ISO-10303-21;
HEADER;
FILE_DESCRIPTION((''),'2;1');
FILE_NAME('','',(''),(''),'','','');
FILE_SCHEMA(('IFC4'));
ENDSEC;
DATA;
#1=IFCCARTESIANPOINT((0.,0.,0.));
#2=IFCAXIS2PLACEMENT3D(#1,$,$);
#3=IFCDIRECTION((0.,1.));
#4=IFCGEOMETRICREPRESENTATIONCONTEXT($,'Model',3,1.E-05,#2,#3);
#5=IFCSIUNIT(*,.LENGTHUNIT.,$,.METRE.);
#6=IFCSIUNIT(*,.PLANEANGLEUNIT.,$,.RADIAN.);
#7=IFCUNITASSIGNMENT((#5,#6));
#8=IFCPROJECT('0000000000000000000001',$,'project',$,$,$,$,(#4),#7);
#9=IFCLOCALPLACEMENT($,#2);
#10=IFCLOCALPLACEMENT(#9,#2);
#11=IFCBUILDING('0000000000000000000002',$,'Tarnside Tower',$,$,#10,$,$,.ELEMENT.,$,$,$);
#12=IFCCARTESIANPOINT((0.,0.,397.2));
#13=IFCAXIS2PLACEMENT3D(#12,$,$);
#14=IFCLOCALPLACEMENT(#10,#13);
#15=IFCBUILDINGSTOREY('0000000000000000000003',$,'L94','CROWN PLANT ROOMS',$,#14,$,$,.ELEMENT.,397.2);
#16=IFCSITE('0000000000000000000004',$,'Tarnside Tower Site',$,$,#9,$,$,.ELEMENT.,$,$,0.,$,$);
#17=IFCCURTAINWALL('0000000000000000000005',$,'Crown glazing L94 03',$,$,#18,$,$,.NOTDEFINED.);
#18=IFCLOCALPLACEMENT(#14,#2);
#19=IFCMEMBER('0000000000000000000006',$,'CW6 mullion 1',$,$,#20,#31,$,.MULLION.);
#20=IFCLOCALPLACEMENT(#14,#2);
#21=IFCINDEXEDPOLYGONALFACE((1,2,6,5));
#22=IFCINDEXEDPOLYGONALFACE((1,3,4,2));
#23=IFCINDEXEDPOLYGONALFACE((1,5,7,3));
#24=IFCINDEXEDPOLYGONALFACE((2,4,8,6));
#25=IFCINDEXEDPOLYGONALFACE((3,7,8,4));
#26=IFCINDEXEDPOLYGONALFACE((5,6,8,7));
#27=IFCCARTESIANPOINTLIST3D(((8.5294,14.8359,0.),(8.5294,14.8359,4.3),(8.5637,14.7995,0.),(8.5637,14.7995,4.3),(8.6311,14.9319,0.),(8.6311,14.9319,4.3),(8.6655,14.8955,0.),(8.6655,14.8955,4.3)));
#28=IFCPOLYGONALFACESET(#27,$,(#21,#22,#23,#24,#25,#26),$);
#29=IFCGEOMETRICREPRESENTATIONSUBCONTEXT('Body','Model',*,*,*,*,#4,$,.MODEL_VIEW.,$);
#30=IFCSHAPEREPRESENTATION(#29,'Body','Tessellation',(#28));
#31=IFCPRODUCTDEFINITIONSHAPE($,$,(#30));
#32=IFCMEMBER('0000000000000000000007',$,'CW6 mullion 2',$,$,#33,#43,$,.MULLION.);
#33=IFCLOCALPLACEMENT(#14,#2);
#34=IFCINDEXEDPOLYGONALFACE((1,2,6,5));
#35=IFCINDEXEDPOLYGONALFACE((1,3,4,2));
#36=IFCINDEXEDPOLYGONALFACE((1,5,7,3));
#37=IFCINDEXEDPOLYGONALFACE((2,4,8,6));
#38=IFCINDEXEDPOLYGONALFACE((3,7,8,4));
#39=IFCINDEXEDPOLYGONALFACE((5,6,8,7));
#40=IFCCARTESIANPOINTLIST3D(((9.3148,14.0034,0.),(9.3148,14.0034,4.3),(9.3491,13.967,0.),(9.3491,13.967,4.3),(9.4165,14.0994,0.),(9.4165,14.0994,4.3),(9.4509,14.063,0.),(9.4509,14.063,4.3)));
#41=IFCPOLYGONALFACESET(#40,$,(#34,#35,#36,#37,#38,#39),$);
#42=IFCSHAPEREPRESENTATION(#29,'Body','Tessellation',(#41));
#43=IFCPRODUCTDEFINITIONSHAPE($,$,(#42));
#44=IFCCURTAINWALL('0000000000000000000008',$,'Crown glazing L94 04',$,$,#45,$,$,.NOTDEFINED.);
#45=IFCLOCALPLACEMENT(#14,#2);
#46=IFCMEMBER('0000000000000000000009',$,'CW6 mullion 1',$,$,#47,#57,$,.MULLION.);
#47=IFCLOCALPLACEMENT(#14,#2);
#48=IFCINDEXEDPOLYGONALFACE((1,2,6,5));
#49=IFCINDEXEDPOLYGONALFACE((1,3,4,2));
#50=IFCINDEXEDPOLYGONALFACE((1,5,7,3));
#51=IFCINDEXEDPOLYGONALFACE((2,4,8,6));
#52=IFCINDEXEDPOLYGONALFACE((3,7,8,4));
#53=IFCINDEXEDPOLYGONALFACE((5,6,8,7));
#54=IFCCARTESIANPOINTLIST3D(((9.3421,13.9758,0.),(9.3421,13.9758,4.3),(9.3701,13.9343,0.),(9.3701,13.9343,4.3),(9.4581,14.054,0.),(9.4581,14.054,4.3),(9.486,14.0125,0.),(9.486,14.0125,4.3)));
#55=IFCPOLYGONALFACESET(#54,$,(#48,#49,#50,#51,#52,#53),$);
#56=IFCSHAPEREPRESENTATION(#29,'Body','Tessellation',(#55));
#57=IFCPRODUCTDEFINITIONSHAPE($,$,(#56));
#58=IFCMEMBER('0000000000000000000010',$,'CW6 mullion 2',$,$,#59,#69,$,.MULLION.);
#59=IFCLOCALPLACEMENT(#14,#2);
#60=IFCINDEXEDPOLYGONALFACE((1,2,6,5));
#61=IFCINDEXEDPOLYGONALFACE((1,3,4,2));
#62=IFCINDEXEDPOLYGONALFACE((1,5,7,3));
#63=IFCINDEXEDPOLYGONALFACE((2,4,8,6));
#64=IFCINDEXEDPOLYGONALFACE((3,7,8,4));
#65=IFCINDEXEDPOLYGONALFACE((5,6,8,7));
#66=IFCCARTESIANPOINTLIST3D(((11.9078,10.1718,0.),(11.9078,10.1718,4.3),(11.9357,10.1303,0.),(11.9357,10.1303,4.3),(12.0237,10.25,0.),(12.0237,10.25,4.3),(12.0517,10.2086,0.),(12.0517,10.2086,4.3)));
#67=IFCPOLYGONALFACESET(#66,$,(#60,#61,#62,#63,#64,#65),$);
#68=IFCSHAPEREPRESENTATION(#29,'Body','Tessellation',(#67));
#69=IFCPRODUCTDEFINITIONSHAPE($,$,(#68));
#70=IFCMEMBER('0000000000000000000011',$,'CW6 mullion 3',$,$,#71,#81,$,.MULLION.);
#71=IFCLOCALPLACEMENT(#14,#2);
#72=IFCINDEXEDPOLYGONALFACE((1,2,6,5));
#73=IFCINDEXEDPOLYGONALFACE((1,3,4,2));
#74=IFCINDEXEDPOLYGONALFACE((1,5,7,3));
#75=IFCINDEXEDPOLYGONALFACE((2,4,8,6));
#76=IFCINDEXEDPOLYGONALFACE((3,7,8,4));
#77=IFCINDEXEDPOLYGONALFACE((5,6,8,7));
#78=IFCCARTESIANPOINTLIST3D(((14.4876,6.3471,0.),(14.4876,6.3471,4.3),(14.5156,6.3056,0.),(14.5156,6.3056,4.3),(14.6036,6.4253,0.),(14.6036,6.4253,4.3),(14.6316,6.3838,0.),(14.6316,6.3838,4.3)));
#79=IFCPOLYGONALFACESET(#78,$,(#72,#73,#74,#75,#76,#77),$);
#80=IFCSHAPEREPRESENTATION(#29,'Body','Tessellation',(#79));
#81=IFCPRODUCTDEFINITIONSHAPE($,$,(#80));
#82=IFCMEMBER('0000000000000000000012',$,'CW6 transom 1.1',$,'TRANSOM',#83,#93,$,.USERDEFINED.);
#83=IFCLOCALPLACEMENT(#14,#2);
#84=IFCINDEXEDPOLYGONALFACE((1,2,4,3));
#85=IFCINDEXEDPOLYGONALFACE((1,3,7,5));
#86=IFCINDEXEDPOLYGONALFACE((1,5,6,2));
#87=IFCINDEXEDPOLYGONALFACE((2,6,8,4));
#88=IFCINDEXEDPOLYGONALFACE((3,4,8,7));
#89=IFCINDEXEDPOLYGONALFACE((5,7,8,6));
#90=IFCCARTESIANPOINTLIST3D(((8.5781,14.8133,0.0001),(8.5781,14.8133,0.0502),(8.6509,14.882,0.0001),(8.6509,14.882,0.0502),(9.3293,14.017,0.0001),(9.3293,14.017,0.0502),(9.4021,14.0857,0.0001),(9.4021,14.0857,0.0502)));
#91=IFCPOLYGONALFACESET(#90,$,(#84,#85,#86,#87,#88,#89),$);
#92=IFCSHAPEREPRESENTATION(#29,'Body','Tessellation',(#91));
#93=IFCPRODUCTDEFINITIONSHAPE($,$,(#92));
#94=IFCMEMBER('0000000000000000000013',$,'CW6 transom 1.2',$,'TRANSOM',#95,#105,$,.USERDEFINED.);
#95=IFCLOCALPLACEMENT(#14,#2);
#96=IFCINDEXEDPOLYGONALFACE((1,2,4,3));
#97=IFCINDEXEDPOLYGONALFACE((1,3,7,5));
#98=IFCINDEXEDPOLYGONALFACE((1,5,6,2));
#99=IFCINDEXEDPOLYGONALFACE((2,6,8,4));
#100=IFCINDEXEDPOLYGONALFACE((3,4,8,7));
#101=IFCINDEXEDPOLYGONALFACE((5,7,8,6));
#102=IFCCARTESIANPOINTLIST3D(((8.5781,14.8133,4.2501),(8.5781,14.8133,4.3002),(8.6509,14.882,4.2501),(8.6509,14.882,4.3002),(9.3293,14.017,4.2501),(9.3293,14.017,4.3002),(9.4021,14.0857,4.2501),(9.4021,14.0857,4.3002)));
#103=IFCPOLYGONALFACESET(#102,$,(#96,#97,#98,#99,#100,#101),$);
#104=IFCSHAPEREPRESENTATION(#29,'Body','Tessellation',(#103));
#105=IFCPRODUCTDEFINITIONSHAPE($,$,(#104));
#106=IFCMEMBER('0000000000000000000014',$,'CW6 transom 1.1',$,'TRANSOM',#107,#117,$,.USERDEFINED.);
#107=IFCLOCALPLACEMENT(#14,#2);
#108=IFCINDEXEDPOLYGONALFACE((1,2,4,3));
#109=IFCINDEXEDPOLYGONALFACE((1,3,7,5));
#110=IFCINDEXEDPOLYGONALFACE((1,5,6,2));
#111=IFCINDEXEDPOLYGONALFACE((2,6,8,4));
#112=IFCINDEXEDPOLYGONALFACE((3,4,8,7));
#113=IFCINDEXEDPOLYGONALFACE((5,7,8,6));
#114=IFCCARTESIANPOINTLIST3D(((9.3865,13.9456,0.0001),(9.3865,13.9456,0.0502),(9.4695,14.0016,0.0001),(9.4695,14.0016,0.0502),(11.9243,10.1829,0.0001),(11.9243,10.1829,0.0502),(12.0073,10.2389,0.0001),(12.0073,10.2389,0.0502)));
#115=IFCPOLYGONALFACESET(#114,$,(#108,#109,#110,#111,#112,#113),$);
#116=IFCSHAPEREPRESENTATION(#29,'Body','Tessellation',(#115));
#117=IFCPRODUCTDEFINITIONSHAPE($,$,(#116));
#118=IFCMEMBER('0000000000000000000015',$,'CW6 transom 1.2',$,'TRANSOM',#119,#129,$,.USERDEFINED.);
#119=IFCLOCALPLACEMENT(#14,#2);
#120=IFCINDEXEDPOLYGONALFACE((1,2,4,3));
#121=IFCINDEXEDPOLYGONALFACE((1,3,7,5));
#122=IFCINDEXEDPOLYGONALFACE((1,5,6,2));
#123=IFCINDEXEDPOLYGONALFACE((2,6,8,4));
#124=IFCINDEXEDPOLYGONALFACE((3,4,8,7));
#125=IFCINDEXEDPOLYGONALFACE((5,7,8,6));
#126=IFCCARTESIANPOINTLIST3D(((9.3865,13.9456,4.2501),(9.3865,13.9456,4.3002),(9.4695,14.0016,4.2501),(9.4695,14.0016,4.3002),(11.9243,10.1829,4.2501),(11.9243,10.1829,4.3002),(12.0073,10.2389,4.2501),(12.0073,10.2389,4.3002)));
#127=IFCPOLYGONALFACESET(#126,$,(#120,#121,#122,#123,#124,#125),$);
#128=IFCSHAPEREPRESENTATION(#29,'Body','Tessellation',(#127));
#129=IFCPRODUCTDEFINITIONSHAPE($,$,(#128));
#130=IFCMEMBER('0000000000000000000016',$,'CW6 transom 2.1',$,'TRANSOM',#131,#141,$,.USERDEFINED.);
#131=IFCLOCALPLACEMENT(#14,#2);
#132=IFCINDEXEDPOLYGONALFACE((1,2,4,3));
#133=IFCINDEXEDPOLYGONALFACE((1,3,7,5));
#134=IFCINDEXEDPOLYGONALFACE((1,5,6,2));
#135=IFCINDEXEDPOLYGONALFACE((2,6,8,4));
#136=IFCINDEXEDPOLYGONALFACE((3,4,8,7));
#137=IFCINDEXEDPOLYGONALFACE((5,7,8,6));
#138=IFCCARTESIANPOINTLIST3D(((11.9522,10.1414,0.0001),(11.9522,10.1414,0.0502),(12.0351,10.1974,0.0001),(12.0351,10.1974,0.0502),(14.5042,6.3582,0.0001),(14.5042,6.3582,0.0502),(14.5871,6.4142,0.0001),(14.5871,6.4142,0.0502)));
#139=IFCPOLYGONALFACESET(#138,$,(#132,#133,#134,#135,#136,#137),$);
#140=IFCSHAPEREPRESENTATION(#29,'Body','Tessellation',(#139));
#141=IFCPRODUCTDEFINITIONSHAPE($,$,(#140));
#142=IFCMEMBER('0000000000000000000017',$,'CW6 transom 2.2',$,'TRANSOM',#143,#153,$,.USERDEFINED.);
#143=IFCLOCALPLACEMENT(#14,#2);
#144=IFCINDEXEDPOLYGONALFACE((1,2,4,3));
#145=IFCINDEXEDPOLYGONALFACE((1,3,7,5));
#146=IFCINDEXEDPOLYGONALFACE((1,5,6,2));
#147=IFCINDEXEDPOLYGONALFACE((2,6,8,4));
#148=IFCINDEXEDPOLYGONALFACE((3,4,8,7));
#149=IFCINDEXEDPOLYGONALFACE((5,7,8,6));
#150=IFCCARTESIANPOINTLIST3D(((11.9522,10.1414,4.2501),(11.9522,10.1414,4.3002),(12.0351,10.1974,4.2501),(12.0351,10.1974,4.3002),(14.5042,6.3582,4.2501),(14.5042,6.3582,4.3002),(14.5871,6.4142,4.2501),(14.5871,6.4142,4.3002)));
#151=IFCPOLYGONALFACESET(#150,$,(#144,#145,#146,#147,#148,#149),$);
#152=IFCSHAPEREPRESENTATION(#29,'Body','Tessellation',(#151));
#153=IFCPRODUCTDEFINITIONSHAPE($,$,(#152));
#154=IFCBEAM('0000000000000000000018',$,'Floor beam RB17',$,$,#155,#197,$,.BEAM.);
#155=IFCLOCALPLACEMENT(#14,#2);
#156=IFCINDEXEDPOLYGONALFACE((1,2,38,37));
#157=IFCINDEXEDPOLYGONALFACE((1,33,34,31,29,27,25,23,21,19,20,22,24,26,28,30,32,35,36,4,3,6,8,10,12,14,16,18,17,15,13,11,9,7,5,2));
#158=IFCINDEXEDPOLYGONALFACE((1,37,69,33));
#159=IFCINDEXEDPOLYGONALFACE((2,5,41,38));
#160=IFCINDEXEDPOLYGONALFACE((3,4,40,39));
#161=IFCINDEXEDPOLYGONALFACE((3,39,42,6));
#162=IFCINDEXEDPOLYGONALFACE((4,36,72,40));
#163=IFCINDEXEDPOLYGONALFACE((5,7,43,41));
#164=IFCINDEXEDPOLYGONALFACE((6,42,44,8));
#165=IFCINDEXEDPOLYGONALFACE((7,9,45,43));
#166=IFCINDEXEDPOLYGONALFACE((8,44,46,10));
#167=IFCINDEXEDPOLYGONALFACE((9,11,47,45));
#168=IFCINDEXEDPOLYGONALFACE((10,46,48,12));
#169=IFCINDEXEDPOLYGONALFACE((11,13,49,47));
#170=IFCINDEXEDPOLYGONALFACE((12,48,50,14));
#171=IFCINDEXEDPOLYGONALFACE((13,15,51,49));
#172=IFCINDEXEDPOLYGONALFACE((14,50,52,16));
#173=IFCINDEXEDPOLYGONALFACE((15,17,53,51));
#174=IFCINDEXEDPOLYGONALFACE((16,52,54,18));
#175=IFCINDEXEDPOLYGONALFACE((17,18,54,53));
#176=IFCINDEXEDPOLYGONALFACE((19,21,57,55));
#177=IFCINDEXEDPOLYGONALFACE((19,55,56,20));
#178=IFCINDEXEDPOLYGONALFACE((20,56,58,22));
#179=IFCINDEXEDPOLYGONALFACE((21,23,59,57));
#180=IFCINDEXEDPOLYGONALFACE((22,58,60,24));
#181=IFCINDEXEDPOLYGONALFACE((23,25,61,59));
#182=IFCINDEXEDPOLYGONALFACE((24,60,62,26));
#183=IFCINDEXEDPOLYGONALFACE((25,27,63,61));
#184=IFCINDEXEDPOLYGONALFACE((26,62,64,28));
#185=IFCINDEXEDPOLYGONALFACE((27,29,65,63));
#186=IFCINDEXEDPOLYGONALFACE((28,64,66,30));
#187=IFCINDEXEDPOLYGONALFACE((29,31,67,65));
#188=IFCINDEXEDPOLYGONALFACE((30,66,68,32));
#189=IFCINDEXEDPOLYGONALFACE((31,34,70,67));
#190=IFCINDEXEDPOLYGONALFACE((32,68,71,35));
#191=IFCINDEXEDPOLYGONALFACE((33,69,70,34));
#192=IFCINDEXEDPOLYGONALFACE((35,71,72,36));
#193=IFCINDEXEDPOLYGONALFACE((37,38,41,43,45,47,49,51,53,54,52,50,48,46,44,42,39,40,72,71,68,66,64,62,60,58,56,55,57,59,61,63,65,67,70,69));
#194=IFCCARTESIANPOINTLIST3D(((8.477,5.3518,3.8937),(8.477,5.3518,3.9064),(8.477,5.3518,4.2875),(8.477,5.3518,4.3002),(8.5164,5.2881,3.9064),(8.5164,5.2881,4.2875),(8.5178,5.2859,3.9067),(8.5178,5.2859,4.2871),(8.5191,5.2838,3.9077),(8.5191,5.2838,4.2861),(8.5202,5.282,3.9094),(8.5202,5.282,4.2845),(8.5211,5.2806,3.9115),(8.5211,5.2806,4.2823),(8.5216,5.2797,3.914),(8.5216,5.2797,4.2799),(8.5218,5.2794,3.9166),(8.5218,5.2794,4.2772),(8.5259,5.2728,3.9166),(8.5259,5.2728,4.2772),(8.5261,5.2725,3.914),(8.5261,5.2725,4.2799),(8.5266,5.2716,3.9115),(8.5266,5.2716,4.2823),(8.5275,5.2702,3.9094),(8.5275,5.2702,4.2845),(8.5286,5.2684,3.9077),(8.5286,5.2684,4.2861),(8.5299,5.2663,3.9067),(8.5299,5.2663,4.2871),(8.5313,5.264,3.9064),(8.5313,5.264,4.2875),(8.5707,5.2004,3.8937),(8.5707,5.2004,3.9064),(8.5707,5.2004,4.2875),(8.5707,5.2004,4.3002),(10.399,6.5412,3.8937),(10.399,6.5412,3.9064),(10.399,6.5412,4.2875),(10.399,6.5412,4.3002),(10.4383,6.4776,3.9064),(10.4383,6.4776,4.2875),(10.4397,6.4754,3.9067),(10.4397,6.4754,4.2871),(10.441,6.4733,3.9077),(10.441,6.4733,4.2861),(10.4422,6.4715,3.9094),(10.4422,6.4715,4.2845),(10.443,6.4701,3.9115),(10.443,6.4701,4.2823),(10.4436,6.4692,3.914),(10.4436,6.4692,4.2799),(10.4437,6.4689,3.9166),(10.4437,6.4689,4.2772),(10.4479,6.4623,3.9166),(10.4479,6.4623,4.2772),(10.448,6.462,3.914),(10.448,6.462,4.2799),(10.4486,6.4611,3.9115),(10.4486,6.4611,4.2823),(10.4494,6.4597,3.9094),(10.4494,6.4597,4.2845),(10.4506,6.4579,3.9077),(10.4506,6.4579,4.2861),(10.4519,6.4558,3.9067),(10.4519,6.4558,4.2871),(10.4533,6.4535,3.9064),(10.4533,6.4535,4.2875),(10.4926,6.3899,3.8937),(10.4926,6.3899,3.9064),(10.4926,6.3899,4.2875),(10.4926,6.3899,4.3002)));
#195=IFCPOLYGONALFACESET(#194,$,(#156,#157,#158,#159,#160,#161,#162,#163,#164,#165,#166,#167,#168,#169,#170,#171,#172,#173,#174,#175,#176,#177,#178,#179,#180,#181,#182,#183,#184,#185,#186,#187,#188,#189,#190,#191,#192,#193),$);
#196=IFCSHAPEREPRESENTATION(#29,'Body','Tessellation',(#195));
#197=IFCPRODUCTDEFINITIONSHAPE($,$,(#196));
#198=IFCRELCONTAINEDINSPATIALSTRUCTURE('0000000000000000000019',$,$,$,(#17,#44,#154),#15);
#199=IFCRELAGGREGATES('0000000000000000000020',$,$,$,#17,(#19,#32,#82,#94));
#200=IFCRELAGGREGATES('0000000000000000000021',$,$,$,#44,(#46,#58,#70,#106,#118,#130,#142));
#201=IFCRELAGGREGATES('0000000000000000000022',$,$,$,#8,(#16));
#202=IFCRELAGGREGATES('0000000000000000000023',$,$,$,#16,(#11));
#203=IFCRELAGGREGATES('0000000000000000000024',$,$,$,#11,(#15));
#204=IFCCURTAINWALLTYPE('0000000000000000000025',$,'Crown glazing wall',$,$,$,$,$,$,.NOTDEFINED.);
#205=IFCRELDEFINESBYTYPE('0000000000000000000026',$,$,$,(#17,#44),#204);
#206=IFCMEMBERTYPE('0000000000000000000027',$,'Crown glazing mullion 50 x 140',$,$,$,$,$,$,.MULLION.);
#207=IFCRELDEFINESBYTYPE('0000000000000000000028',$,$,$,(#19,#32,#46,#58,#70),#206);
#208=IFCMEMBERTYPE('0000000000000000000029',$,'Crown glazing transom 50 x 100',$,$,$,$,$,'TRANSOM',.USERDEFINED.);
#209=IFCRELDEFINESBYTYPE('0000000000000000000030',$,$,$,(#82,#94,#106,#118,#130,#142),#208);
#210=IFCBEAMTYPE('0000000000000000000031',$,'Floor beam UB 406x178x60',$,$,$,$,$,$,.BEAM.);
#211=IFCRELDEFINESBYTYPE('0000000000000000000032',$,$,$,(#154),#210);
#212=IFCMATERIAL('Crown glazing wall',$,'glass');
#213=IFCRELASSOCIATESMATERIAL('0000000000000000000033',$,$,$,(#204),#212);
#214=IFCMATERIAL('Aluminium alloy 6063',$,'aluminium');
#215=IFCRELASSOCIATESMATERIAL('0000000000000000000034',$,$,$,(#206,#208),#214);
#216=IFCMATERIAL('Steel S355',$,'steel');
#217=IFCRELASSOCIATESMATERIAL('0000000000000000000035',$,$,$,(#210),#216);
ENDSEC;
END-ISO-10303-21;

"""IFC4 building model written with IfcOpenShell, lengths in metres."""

from ifc_helpers import new_model, si_unit, direction, frame, origin, origin_2d, place, context, subcontext, project, spatial, rectangle, i_section, extrude, material, material_profile, profile_set, type_object, element, aggregate, save


model = new_model("IFC4")

# Units and contexts
model_context = context("Model", 3, precision=1e-05, world=origin(), true_north=direction((0.0, 1.0)))
body_context = subcontext(model_context, "Body", "Model", "MODEL_VIEW")
ifc_project = project(units=[si_unit("LENGTHUNIT", "METRE"), si_unit("PLANEANGLEUNIT", "RADIAN")], contexts=[model_context])

# Site, building, storey
site_placement = place(None, origin())
site = spatial("IfcSite", under=ifc_project, at=site_placement, Name="Tarnside Tower Site", CompositionType="ELEMENT", RefElevation=0.0)
building_placement = place(site_placement, origin())
building = spatial("IfcBuilding", under=site, at=building_placement, Name="Tarnside Tower", CompositionType="ELEMENT")
storey_placement = place(building_placement, frame((0.0, 0.0, 397.2)))
storey = spatial("IfcBuildingStorey", under=building, at=storey_placement, Name="L94", Description="CROWN PLANT ROOMS", CompositionType="ELEMENT", Elevation=397.2)

# Curtain walls, members
ifc_material_1 = material(Name="Crown glazing wall", Category="glass")
curtain_wall_type = type_object("IfcCurtainWallType", Name="Crown glazing wall", PredefinedType="NOTDEFINED", material=ifc_material_1)
curtain_wall_1_placement = place(storey_placement, origin())
curtain_wall_1 = element("IfcCurtainWall", 1, at=curtain_wall_1_placement, inside=storey, type_object=curtain_wall_type, Name="Crown glazing L94 03", PredefinedType="NOTDEFINED")
ifc_material_2 = material(Name="Aluminium alloy 6063", Category="aluminium")
ifc_material_profile_1 = material_profile(ifc_material_2, rectangle(XDim=0.1399, YDim=0.05, at=origin_2d()), Name="Crown glazing mullion 50 x 140")
ifc_profile_set_1 = profile_set([ifc_material_profile_1], Name="Aluminium alloy 6063")
member_type_1 = type_object("IfcMemberType", Name="Crown glazing mullion 50 x 140", PredefinedType="MULLION", material=ifc_profile_set_1)
member_1_placement = place(storey_placement, frame((8.5974, 14.8657, 0.0), z_axis=(0.0, 0.0, 1.0), x_axis=(0.727374, 0.686242, 0.0)))
member_1 = element("IfcMember", 2, at=member_1_placement, type_object=member_type_1, Name="CW6 mullion 1", PredefinedType="MULLION", context=body_context, shape_type="SweptSolid", body=[
    extrude(rectangle(XDim=0.1399, YDim=0.05, at=origin_2d()), origin(), (0.0, 0.0, 1.0), 4.3),
])
member_2_placement = place(storey_placement, frame((9.3828, 14.0332, 0.0), z_axis=(0.0, 0.0, 1.0), x_axis=(0.727374, 0.686242, 0.0)))
member_2 = element("IfcMember", 3, at=member_2_placement, type_object=member_type_1, Name="CW6 mullion 2", PredefinedType="MULLION", context=body_context, shape_type="SweptSolid", body=[
    extrude(rectangle(XDim=0.1399, YDim=0.05, at=origin_2d()), origin(), (0.0, 0.0, 1.0), 4.3),
])
curtain_wall_2_placement = place(storey_placement, origin())
curtain_wall_2 = element("IfcCurtainWall", 4, at=curtain_wall_2_placement, inside=storey, type_object=curtain_wall_type, Name="Crown glazing L94 04", PredefinedType="NOTDEFINED")
member_3_placement = place(storey_placement, frame((9.4141, 13.9941, 0.0), z_axis=(0.0, 0.0, 1.0), x_axis=(0.829038, 0.559193, 0.0)))
member_3 = element("IfcMember", 5, at=member_3_placement, type_object=member_type_1, Name="CW6 mullion 1", PredefinedType="MULLION", context=body_context, shape_type="SweptSolid", body=[
    extrude(rectangle(XDim=0.1399, YDim=0.05, at=origin_2d()), origin(), (0.0, 0.0, 1.0), 4.3),
])
member_4_placement = place(storey_placement, frame((11.9797, 10.1902, 0.0), z_axis=(0.0, 0.0, 1.0), x_axis=(0.829038, 0.559193, 0.0)))
member_4 = element("IfcMember", 6, at=member_4_placement, type_object=member_type_1, Name="CW6 mullion 2", PredefinedType="MULLION", context=body_context, shape_type="SweptSolid", body=[
    extrude(rectangle(XDim=0.1399, YDim=0.05, at=origin_2d()), origin(), (0.0, 0.0, 1.0), 4.3),
])
member_5_placement = place(storey_placement, frame((14.5596, 6.3655, 0.0), z_axis=(0.0, 0.0, 1.0), x_axis=(0.829038, 0.559193, 0.0)))
member_5 = element("IfcMember", 7, at=member_5_placement, type_object=member_type_1, Name="CW6 mullion 3", PredefinedType="MULLION", context=body_context, shape_type="SweptSolid", body=[
    extrude(rectangle(XDim=0.1399, YDim=0.05, at=origin_2d()), origin(), (0.0, 0.0, 1.0), 4.3),
])

# Members
ifc_material_profile_2 = material_profile(ifc_material_2, rectangle(XDim=0.1001, YDim=0.05, at=origin_2d()), Name="Crown glazing transom 50 x 100")
ifc_profile_set_2 = profile_set([ifc_material_profile_2], Name="Aluminium alloy 6063")
member_type_2 = type_object("IfcMemberType", Name="Crown glazing transom 50 x 100", ElementType="TRANSOM", PredefinedType="USERDEFINED", material=ifc_profile_set_2)
member_6_placement = place(storey_placement, frame((8.6145, 14.8477, 0.0251), z_axis=(0.686178, -0.727434, 0.0), x_axis=(0.727434, 0.686178, 0.0)))
member_6 = element("IfcMember", 8, at=member_6_placement, type_object=member_type_2, Name="CW6 transom 1.1", ObjectType="TRANSOM", PredefinedType="USERDEFINED", context=body_context, shape_type="SweptSolid", body=[
    extrude(rectangle(XDim=0.1001, YDim=0.05, at=origin_2d()), origin(), (0.0, 0.0, 1.0), 1.0947),
])
member_7_placement = place(storey_placement, frame((8.6145, 14.8477, 4.2751), z_axis=(0.686178, -0.727434, 0.0), x_axis=(0.727434, 0.686178, 0.0)))
member_7 = element("IfcMember", 9, at=member_7_placement, type_object=member_type_2, Name="CW6 transom 1.2", ObjectType="TRANSOM", PredefinedType="USERDEFINED", context=body_context, shape_type="SweptSolid", body=[
    extrude(rectangle(XDim=0.1001, YDim=0.05, at=origin_2d()), origin(), (0.0, 0.0, 1.0), 1.0947),
])
member_8_placement = place(storey_placement, frame((9.428, 13.9736, 0.0251), z_axis=(0.559173, -0.829051, 0.0), x_axis=(0.829051, 0.559173, 0.0)))
member_8 = element("IfcMember", 10, at=member_8_placement, type_object=member_type_2, Name="CW6 transom 1.1", ObjectType="TRANSOM", PredefinedType="USERDEFINED", context=body_context, shape_type="SweptSolid", body=[
    extrude(rectangle(XDim=0.1001, YDim=0.05, at=origin_2d()), origin(), (0.0, 0.0, 1.0), 4.5386),
])
member_9_placement = place(storey_placement, frame((9.428, 13.9736, 4.2751), z_axis=(0.559173, -0.829051, 0.0), x_axis=(0.829051, 0.559173, 0.0)))
member_9 = element("IfcMember", 11, at=member_9_placement, type_object=member_type_2, Name="CW6 transom 1.2", ObjectType="TRANSOM", PredefinedType="USERDEFINED", context=body_context, shape_type="SweptSolid", body=[
    extrude(rectangle(XDim=0.1001, YDim=0.05, at=origin_2d()), origin(), (0.0, 0.0, 1.0), 4.5386),
])
member_10_placement = place(storey_placement, frame((11.9937, 10.1694, 0.0251), z_axis=(0.559223, -0.829017, 0.0), x_axis=(0.829017, 0.559223, 0.0)))
member_10 = element("IfcMember", 12, at=member_10_placement, type_object=member_type_2, Name="CW6 transom 2.1", ObjectType="TRANSOM", PredefinedType="USERDEFINED", context=body_context, shape_type="SweptSolid", body=[
    extrude(rectangle(XDim=0.1001, YDim=0.05, at=origin_2d()), origin(), (0.0, 0.0, 1.0), 4.5635),
])
member_11_placement = place(storey_placement, frame((11.9937, 10.1694, 4.2751), z_axis=(0.559223, -0.829017, 0.0), x_axis=(0.829017, 0.559223, 0.0)))
member_11 = element("IfcMember", 13, at=member_11_placement, type_object=member_type_2, Name="CW6 transom 2.2", ObjectType="TRANSOM", PredefinedType="USERDEFINED", context=body_context, shape_type="SweptSolid", body=[
    extrude(rectangle(XDim=0.1001, YDim=0.05, at=origin_2d()), origin(), (0.0, 0.0, 1.0), 4.5635),
])

# Beam
ifc_material_3 = material(Name="Steel S355", Category="steel")
ifc_material_profile_3 = material_profile(ifc_material_3, i_section(OverallWidth=0.178, OverallDepth=0.4065, WebThickness=0.0078, FlangeThickness=0.0127, FilletRadius=0.0103, at=origin_2d()), Name="UB 406x178x60")
ifc_profile_set_3 = profile_set([ifc_material_profile_3], Name="Steel S355")
beam_type_1 = type_object("IfcBeamType", Name="Floor beam UB 406x178x60", PredefinedType="BEAM", material=ifc_profile_set_3)
beam_1_placement = place(storey_placement, frame((10.4458, 6.4656, 4.0969), z_axis=(-0.85032, -0.526265, 0.0), x_axis=(0.526265, -0.85032, 0.0)))
element("IfcBeam", 14, at=beam_1_placement, inside=storey, type_object=beam_type_1, Name="Floor beam RB17", PredefinedType="BEAM", context=body_context, shape_type="SweptSolid", body=[
    extrude(i_section(OverallWidth=0.178, OverallDepth=0.4065, WebThickness=0.0078, FlangeThickness=0.0127, FilletRadius=0.0103, at=origin_2d()), origin(), (0.0, 0.0, 1.0), 2.2603),
])

aggregate(curtain_wall_1, [member_1, member_2, member_6, member_7])
aggregate(curtain_wall_2, [member_3, member_4, member_5, member_8, member_9, member_10, member_11])

save(model, "model.ifc")
